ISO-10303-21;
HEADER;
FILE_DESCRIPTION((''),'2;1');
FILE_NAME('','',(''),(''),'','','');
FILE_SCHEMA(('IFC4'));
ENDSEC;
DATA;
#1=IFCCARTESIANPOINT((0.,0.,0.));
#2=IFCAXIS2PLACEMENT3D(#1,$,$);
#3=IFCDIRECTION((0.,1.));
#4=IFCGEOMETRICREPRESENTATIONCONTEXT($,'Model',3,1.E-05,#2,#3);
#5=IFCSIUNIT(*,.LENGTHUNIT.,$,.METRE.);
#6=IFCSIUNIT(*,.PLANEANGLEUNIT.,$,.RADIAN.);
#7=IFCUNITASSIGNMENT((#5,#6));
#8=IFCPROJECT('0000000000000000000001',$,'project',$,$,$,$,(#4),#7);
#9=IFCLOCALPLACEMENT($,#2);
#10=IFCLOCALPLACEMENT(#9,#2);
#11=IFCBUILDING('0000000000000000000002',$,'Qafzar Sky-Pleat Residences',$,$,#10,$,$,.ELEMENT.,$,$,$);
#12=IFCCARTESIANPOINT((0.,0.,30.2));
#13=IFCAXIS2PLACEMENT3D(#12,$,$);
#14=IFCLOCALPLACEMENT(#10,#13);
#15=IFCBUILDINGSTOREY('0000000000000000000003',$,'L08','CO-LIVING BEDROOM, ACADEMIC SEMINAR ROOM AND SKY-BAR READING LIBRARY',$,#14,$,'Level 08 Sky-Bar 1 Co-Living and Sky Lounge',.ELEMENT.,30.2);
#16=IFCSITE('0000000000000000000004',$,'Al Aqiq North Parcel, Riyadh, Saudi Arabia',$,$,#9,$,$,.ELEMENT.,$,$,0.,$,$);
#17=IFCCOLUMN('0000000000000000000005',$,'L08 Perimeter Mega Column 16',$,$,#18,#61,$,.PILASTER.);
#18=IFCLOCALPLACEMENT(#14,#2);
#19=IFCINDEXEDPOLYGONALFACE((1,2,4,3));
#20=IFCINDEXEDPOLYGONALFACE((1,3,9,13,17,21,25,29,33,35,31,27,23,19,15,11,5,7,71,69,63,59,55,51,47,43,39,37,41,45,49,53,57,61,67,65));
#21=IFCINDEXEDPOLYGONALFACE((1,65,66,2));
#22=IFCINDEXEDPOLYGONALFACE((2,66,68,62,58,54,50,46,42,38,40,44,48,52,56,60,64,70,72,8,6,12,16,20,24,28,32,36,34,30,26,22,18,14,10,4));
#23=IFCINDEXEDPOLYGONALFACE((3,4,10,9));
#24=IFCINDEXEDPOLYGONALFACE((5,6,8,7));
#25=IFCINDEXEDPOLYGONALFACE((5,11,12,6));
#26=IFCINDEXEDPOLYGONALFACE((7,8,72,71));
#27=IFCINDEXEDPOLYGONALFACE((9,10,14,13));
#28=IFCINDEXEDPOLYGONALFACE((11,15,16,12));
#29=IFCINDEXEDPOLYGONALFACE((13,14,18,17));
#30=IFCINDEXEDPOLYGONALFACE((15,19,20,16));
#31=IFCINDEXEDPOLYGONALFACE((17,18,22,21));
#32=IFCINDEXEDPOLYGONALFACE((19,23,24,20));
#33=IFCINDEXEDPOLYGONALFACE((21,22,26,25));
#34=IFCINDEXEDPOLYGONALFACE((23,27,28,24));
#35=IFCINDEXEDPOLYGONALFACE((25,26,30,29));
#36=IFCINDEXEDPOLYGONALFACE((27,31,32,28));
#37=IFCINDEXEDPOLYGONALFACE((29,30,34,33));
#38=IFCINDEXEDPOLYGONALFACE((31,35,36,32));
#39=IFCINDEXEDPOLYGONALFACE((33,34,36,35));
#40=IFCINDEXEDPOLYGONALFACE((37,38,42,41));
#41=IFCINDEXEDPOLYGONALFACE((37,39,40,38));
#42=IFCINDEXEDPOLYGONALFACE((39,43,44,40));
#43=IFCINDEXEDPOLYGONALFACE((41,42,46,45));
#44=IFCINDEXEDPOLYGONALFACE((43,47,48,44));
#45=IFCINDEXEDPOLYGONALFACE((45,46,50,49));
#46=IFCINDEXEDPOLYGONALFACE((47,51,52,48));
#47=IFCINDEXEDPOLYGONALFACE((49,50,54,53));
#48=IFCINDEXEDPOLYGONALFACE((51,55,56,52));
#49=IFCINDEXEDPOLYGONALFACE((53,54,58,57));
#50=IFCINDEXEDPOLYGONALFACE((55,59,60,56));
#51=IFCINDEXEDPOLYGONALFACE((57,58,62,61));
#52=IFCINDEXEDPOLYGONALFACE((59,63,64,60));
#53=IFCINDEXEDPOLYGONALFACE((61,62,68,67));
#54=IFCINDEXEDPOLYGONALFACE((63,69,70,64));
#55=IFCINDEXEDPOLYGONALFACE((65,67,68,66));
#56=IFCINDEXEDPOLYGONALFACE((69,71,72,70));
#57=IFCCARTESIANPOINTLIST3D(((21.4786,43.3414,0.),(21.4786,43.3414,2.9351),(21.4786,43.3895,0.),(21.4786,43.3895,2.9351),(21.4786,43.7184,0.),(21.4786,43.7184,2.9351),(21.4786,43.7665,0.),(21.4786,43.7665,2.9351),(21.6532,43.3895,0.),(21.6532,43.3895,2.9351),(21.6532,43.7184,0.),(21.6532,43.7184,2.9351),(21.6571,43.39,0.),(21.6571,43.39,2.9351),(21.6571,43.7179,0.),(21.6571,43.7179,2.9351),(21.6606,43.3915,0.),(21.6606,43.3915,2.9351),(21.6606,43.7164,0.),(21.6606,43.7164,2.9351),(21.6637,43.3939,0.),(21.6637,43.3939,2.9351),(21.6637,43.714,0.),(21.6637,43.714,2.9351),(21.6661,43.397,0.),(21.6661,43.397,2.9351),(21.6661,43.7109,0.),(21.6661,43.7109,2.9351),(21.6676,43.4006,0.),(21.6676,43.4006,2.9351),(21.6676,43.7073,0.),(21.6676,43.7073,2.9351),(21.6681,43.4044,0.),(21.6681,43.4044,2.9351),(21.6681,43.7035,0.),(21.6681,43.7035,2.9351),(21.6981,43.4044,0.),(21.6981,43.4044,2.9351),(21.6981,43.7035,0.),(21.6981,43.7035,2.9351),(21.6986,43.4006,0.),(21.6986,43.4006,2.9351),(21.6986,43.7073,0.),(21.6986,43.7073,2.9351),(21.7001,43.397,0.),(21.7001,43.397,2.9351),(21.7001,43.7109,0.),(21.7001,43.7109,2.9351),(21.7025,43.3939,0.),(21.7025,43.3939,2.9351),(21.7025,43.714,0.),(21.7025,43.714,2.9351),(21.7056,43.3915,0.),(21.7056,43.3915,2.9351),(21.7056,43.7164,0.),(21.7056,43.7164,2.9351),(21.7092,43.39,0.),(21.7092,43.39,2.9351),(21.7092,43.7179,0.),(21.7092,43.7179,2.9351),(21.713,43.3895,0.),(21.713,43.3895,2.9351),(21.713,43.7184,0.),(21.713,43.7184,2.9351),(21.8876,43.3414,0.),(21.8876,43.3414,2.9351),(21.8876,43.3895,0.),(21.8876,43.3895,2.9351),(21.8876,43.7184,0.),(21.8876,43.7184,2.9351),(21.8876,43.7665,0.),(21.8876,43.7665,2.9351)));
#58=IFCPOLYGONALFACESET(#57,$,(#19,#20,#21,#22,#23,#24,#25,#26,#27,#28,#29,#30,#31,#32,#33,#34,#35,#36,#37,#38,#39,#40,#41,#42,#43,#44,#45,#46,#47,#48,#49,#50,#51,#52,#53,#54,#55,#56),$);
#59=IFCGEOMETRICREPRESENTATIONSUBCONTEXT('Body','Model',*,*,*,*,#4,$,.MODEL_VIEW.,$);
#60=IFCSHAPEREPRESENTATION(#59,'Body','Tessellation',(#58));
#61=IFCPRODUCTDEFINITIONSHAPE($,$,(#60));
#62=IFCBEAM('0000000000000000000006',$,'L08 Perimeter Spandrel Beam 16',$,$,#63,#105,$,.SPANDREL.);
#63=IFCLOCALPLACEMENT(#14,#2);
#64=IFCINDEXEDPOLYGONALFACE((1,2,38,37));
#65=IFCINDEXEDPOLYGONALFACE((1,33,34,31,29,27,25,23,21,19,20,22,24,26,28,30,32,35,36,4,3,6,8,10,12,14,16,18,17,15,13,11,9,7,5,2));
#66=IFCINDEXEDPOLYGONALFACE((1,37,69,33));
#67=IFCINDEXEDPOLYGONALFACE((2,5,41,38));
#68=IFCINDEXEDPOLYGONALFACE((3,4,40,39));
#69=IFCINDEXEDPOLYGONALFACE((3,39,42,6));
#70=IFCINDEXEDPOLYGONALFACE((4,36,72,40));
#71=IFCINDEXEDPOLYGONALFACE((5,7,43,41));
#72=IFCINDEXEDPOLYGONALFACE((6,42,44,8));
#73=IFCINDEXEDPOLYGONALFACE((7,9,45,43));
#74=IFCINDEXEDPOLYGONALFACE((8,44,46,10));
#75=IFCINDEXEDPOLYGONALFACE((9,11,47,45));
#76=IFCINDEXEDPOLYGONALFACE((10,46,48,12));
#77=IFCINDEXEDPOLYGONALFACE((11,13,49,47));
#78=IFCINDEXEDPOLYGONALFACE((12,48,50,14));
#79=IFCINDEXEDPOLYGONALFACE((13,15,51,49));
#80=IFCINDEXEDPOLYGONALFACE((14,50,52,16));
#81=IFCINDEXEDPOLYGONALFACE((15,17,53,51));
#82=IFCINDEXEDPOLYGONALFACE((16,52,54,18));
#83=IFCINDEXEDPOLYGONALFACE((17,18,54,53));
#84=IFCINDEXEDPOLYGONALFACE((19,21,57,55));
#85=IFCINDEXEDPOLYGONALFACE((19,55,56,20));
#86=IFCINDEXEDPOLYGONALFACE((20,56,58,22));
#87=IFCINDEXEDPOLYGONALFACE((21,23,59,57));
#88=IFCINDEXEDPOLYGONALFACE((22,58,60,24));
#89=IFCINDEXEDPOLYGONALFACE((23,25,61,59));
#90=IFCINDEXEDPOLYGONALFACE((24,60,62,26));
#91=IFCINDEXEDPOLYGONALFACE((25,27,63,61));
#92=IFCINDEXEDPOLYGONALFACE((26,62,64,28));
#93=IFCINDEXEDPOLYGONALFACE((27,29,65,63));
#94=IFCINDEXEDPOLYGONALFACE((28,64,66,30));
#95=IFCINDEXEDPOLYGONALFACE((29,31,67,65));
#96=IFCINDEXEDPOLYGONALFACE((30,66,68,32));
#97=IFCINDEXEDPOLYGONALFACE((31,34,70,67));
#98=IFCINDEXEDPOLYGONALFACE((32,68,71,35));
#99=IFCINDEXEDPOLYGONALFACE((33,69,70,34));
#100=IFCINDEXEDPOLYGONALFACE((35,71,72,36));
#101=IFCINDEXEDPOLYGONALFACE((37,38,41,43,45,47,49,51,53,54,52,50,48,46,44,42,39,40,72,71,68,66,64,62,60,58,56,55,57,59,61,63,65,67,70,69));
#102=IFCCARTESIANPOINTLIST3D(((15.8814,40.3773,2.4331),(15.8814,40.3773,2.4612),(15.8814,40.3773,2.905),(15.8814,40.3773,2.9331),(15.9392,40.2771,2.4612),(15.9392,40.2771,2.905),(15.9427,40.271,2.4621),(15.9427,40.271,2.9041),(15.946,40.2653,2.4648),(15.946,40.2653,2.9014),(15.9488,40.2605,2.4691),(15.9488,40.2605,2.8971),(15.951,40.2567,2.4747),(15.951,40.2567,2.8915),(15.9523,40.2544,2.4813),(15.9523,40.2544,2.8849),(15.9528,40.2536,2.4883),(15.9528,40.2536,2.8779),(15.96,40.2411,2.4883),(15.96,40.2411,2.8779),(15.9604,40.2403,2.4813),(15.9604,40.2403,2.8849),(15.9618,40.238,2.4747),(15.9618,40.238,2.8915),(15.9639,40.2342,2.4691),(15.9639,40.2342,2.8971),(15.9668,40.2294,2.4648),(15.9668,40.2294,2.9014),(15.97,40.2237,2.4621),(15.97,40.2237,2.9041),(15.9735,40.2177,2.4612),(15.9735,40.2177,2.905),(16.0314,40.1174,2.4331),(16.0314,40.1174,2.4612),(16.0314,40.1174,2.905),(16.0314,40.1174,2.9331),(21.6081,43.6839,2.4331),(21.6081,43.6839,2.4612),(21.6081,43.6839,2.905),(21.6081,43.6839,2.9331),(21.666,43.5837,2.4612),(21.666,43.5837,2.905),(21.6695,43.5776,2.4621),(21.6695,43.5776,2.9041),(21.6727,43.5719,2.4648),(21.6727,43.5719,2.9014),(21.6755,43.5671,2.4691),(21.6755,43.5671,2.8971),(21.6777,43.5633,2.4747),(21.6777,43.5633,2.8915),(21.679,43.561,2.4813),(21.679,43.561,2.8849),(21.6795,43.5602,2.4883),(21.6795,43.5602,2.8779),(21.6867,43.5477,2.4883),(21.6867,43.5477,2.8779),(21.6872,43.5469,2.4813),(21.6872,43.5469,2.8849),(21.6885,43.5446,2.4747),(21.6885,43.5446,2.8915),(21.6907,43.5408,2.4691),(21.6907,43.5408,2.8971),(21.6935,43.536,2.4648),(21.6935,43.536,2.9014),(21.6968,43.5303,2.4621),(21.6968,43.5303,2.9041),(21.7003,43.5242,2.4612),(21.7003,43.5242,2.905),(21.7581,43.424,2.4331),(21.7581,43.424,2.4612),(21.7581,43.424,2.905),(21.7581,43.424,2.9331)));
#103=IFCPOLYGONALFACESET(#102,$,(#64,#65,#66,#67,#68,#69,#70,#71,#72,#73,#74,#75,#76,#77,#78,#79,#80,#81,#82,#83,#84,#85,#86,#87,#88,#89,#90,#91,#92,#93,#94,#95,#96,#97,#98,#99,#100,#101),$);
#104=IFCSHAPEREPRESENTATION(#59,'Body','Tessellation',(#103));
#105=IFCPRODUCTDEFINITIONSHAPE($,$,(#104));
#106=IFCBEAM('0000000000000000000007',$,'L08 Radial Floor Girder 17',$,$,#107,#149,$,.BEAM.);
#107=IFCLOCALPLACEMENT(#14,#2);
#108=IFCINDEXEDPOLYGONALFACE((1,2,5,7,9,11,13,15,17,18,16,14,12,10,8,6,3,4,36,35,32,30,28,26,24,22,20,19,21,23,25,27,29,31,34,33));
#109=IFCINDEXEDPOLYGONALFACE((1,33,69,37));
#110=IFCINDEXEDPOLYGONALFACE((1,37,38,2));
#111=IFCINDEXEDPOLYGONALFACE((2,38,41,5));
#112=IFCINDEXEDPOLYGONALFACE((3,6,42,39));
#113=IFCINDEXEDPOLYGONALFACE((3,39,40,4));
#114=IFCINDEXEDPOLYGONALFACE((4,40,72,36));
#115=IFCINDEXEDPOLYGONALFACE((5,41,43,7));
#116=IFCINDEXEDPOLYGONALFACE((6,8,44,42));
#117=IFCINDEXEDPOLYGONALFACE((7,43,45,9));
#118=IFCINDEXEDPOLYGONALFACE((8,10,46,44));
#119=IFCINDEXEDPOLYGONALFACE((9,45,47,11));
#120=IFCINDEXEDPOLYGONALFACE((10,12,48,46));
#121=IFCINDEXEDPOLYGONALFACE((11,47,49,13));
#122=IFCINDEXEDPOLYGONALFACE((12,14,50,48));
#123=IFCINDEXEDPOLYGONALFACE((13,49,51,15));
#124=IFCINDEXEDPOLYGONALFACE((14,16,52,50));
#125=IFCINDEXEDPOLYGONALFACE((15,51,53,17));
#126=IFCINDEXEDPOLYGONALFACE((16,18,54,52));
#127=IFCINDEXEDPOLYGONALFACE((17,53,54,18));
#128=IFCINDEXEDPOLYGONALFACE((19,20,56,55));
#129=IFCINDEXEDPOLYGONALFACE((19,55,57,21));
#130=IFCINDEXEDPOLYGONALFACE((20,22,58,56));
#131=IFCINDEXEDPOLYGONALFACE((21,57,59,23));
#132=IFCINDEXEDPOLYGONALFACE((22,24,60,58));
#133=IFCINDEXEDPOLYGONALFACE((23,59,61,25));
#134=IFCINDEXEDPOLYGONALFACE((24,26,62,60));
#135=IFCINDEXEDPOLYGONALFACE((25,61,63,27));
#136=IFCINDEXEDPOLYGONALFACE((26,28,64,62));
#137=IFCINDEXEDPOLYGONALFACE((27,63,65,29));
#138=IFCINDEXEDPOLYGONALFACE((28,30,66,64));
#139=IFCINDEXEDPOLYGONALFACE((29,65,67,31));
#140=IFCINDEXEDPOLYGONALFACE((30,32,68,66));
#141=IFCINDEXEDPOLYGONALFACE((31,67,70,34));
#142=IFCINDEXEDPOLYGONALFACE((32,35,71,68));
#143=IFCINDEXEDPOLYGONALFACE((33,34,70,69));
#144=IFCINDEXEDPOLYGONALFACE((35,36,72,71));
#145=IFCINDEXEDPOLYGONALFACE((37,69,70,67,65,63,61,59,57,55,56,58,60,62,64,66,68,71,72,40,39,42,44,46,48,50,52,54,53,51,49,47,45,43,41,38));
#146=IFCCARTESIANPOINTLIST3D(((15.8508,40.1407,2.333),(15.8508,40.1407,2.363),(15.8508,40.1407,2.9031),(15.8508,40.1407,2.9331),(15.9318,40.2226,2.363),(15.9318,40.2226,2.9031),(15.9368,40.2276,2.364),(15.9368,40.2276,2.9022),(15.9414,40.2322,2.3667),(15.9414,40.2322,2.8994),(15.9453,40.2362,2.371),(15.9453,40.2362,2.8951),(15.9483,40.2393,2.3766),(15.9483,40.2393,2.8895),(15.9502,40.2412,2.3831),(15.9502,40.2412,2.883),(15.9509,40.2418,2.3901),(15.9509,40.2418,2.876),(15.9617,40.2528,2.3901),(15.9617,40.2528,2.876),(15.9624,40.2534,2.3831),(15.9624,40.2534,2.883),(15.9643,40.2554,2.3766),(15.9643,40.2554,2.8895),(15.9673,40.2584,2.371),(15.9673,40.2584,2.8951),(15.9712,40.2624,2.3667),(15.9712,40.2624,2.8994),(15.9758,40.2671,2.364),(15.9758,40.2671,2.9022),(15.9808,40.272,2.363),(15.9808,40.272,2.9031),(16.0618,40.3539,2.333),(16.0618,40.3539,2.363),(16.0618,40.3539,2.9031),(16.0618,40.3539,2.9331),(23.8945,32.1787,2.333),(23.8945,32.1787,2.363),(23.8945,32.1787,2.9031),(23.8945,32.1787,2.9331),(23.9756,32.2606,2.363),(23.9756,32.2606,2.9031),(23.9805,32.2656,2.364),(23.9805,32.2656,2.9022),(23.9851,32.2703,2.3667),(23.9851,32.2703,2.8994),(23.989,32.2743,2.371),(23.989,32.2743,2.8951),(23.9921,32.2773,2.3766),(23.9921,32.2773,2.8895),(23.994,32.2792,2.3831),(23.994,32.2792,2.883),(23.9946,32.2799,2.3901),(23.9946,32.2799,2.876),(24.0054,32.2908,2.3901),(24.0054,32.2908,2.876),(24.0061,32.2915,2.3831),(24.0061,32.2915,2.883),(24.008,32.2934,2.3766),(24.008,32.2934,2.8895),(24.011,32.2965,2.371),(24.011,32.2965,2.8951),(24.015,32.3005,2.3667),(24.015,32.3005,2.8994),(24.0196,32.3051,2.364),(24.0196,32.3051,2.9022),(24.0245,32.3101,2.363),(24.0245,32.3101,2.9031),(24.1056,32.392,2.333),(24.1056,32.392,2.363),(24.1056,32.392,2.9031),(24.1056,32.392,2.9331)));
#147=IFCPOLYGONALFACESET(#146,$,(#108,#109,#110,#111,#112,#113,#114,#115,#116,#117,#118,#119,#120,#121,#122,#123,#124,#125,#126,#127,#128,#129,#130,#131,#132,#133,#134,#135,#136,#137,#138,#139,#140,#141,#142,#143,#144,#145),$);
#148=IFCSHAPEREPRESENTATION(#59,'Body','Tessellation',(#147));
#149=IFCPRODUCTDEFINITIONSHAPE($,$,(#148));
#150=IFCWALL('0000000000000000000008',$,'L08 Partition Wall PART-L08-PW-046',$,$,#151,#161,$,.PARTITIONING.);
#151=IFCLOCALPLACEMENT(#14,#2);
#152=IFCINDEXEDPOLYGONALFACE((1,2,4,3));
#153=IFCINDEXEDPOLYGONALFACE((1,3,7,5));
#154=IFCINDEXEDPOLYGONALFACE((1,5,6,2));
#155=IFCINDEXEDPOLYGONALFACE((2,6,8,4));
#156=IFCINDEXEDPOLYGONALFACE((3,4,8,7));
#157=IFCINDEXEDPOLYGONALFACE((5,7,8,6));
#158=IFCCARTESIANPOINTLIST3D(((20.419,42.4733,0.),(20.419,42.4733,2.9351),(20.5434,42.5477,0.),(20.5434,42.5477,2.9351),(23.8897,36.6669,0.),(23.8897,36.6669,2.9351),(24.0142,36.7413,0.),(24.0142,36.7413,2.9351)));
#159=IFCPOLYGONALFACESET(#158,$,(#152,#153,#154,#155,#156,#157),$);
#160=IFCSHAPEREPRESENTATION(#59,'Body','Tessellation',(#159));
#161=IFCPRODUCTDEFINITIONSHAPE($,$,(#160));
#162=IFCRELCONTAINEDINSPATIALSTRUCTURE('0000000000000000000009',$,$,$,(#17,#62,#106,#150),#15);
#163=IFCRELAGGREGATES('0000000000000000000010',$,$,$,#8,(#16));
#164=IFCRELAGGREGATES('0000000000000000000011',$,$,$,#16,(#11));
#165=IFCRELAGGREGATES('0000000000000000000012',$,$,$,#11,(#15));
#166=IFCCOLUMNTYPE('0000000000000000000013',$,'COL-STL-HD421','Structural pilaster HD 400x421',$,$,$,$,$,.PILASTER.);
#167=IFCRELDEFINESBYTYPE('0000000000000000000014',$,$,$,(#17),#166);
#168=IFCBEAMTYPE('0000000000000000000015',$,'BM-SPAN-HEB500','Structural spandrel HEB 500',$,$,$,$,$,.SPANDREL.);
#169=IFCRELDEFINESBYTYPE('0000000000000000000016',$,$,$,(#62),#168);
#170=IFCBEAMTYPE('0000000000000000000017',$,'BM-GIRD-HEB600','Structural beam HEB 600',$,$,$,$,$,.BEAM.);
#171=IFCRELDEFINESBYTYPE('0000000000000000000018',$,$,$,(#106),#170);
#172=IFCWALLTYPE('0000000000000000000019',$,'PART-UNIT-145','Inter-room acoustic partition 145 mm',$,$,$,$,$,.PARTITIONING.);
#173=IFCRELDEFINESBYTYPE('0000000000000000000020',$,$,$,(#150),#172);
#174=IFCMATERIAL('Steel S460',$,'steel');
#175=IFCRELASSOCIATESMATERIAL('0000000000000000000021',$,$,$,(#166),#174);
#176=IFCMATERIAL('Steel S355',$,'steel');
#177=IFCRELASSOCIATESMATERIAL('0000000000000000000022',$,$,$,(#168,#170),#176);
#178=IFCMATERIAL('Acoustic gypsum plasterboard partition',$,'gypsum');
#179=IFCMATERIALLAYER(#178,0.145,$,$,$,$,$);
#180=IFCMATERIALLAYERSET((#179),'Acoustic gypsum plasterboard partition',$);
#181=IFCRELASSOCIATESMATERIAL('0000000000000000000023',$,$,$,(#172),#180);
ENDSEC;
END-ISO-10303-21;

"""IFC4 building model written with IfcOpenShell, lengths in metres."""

from ifc_helpers import new_model, si_unit, direction, frame, frame_2d, origin, origin_2d, place, context, subcontext, project, spatial, rectangle, i_section, extrude, source, transform, mapped, material, layer, layer_set, material_profile, profile_set, type_object, element, save


model = new_model("IFC4")

# Units and contexts
model_context = context("Model", 3, precision=1e-05, world=origin(), true_north=direction((0.0, 1.0)))
body_context = subcontext(model_context, "Body", "Model", "MODEL_VIEW")
ifc_project = project(units=[si_unit("LENGTHUNIT", "METRE"), si_unit("PLANEANGLEUNIT", "RADIAN")], contexts=[model_context])

# Site, building, storey
site_placement = place(None, origin())
site = spatial("IfcSite", under=ifc_project, at=site_placement, Name="Al Aqiq North Parcel, Riyadh, Saudi Arabia", CompositionType="ELEMENT", RefElevation=0.0)
building_placement = place(site_placement, origin())
building = spatial("IfcBuilding", under=site, at=building_placement, Name="Qafzar Sky-Pleat Residences", CompositionType="ELEMENT")
storey_placement = place(building_placement, frame((0.0, 0.0, 30.2)))
storey = spatial("IfcBuildingStorey", under=building, at=storey_placement, Name="L08", Description="CO-LIVING BEDROOM, ACADEMIC SEMINAR ROOM AND SKY-BAR READING LIBRARY", LongName="Level 08 Sky-Bar 1 Co-Living and Sky Lounge", CompositionType="ELEMENT", Elevation=30.2)

# Column
ifc_material_1 = material(Name="Steel S460", Category="steel")
ifc_material_profile_1 = material_profile(ifc_material_1, i_section(OverallWidth=0.4089, OverallDepth=0.425, WebThickness=0.03, FlangeThickness=0.0481, FilletRadius=0.0149, at=origin_2d()), Name="HD 400x421")
ifc_profile_set_1 = profile_set([ifc_material_profile_1], Name="Steel S460")
column_type = type_object("IfcColumnType", Name="COL-STL-HD421", Description="Structural pilaster HD 400x421", PredefinedType="PILASTER", material=ifc_profile_set_1)
shared_shape_1 = source(origin(), body_context, "Body", "SweptSolid", [
    extrude(i_section(OverallWidth=0.4089, OverallDepth=0.425, WebThickness=0.03, FlangeThickness=0.0481, FilletRadius=0.0149, at=origin_2d()), origin(), (0.0, 0.0, 1.0), 2.9351),
])
column_placement = place(storey_placement, frame((21.6831, 43.554, 0.0), z_axis=(0.0, 0.0, 1.0), x_axis=(1.0, 0.0, 0.0)))
element("IfcColumn", 1, at=column_placement, inside=storey, type_object=column_type, Name="L08 Perimeter Mega Column 16", PredefinedType="PILASTER", context=body_context, shape_type="MappedRepresentation", body=[
    mapped(shared_shape_1, transform((0.0, 0.0, 0.0), x_axis=(1.0, 0.0, 0.0), y_axis=(0.0, 1.0, 0.0), z_axis=(0.0, 0.0, 1.0), scale=1.0)),
])

# Beams
ifc_material_2 = material(Name="Steel S355", Category="steel")
ifc_material_profile_2 = material_profile(ifc_material_2, i_section(OverallWidth=0.3, OverallDepth=0.5, WebThickness=0.0144, FlangeThickness=0.0281, FilletRadius=0.0271, at=origin_2d()), Name="HEB 500")
ifc_profile_set_2 = profile_set([ifc_material_profile_2], Name="Steel S355")
beam_type_1 = type_object("IfcBeamType", Name="BM-SPAN-HEB500", Description="Structural spandrel HEB 500", PredefinedType="SPANDREL", material=ifc_profile_set_2)
shared_shape_2 = source(origin(), body_context, "Body", "SweptSolid", [
    extrude(i_section(OverallWidth=0.3, OverallDepth=0.5, WebThickness=0.0144, FlangeThickness=0.0281, FilletRadius=0.0271, at=origin_2d()), origin(), (0.0, 0.0, 1.0), 6.6128),
])
beam_1_placement = place(storey_placement, frame((21.6831, 43.554, 2.6831), z_axis=(-0.866008, -0.50003, 0.0), x_axis=(0.50003, -0.866008, 0.0)))
element("IfcBeam", 2, at=beam_1_placement, inside=storey, type_object=beam_type_1, Name="L08 Perimeter Spandrel Beam 16", PredefinedType="SPANDREL", context=body_context, shape_type="MappedRepresentation", body=[
    mapped(shared_shape_2, transform((0.0, 0.0, 0.0), x_axis=(1.0, 0.0, 0.0), y_axis=(0.0, 1.0, 0.0), z_axis=(0.0, 0.0, 1.0), scale=1.0)),
])
ifc_material_profile_3 = material_profile(ifc_material_2, i_section(OverallWidth=0.3, OverallDepth=0.6001, WebThickness=0.0154, FlangeThickness=0.03, FilletRadius=0.0271, at=origin_2d()), Name="HEB 600")
ifc_profile_set_3 = profile_set([ifc_material_profile_3], Name="Steel S355")
beam_type_2 = type_object("IfcBeamType", Name="BM-GIRD-HEB600", Description="Structural beam HEB 600", PredefinedType="BEAM", material=ifc_profile_set_3)
shared_shape_3 = source(origin(), body_context, "Body", "SweptSolid", [
    extrude(i_section(OverallWidth=0.3, OverallDepth=0.6001, WebThickness=0.0154, FlangeThickness=0.03, FilletRadius=0.0271, at=origin_2d()), origin(), (0.0, 0.0, 1.0), 11.3179),
])
beam_2_placement = place(storey_placement, frame((15.9563, 40.2473, 2.6331), z_axis=(0.710711, -0.703484, 0.0), x_axis=(0.703484, 0.710711, 0.0)))
element("IfcBeam", 3, at=beam_2_placement, inside=storey, type_object=beam_type_2, Name="L08 Radial Floor Girder 17", PredefinedType="BEAM", context=body_context, shape_type="MappedRepresentation", body=[
    mapped(shared_shape_3, transform((0.0, 0.0, 0.0), x_axis=(1.0, 0.0, 0.0), y_axis=(0.0, 1.0, 0.0), z_axis=(0.0, 0.0, 1.0), scale=1.0)),
])

# Wall
ifc_material_3 = material(Name="Acoustic gypsum plasterboard partition", Category="gypsum")
ifc_layer_1 = layer(ifc_material_3, 0.145)
ifc_layer_set_1 = layer_set([ifc_layer_1], Name="Acoustic gypsum plasterboard partition")
wall_type_1 = type_object("IfcWallType", Name="PART-UNIT-145", Description="Inter-room acoustic partition 145 mm", PredefinedType="PARTITIONING", material=ifc_layer_set_1)
wall_1_placement = place(storey_placement, frame((20.4812, 42.5105, 0.0), z_axis=(0.0, 0.0, 1.0), x_axis=(0.513067, -0.858348, 0.0)))
element("IfcWall", 4, at=wall_1_placement, inside=storey, type_object=wall_type_1, Name="L08 Partition Wall PART-L08-PW-046", PredefinedType="PARTITIONING", context=body_context, shape_type="SweptSolid", body=[
    extrude(rectangle(XDim=6.7646, YDim=0.145, at=frame_2d((3.3823, 0.0))), origin(), (0.0, 0.0, 1.0), 2.9351),
])

save(model, "model.ifc")
